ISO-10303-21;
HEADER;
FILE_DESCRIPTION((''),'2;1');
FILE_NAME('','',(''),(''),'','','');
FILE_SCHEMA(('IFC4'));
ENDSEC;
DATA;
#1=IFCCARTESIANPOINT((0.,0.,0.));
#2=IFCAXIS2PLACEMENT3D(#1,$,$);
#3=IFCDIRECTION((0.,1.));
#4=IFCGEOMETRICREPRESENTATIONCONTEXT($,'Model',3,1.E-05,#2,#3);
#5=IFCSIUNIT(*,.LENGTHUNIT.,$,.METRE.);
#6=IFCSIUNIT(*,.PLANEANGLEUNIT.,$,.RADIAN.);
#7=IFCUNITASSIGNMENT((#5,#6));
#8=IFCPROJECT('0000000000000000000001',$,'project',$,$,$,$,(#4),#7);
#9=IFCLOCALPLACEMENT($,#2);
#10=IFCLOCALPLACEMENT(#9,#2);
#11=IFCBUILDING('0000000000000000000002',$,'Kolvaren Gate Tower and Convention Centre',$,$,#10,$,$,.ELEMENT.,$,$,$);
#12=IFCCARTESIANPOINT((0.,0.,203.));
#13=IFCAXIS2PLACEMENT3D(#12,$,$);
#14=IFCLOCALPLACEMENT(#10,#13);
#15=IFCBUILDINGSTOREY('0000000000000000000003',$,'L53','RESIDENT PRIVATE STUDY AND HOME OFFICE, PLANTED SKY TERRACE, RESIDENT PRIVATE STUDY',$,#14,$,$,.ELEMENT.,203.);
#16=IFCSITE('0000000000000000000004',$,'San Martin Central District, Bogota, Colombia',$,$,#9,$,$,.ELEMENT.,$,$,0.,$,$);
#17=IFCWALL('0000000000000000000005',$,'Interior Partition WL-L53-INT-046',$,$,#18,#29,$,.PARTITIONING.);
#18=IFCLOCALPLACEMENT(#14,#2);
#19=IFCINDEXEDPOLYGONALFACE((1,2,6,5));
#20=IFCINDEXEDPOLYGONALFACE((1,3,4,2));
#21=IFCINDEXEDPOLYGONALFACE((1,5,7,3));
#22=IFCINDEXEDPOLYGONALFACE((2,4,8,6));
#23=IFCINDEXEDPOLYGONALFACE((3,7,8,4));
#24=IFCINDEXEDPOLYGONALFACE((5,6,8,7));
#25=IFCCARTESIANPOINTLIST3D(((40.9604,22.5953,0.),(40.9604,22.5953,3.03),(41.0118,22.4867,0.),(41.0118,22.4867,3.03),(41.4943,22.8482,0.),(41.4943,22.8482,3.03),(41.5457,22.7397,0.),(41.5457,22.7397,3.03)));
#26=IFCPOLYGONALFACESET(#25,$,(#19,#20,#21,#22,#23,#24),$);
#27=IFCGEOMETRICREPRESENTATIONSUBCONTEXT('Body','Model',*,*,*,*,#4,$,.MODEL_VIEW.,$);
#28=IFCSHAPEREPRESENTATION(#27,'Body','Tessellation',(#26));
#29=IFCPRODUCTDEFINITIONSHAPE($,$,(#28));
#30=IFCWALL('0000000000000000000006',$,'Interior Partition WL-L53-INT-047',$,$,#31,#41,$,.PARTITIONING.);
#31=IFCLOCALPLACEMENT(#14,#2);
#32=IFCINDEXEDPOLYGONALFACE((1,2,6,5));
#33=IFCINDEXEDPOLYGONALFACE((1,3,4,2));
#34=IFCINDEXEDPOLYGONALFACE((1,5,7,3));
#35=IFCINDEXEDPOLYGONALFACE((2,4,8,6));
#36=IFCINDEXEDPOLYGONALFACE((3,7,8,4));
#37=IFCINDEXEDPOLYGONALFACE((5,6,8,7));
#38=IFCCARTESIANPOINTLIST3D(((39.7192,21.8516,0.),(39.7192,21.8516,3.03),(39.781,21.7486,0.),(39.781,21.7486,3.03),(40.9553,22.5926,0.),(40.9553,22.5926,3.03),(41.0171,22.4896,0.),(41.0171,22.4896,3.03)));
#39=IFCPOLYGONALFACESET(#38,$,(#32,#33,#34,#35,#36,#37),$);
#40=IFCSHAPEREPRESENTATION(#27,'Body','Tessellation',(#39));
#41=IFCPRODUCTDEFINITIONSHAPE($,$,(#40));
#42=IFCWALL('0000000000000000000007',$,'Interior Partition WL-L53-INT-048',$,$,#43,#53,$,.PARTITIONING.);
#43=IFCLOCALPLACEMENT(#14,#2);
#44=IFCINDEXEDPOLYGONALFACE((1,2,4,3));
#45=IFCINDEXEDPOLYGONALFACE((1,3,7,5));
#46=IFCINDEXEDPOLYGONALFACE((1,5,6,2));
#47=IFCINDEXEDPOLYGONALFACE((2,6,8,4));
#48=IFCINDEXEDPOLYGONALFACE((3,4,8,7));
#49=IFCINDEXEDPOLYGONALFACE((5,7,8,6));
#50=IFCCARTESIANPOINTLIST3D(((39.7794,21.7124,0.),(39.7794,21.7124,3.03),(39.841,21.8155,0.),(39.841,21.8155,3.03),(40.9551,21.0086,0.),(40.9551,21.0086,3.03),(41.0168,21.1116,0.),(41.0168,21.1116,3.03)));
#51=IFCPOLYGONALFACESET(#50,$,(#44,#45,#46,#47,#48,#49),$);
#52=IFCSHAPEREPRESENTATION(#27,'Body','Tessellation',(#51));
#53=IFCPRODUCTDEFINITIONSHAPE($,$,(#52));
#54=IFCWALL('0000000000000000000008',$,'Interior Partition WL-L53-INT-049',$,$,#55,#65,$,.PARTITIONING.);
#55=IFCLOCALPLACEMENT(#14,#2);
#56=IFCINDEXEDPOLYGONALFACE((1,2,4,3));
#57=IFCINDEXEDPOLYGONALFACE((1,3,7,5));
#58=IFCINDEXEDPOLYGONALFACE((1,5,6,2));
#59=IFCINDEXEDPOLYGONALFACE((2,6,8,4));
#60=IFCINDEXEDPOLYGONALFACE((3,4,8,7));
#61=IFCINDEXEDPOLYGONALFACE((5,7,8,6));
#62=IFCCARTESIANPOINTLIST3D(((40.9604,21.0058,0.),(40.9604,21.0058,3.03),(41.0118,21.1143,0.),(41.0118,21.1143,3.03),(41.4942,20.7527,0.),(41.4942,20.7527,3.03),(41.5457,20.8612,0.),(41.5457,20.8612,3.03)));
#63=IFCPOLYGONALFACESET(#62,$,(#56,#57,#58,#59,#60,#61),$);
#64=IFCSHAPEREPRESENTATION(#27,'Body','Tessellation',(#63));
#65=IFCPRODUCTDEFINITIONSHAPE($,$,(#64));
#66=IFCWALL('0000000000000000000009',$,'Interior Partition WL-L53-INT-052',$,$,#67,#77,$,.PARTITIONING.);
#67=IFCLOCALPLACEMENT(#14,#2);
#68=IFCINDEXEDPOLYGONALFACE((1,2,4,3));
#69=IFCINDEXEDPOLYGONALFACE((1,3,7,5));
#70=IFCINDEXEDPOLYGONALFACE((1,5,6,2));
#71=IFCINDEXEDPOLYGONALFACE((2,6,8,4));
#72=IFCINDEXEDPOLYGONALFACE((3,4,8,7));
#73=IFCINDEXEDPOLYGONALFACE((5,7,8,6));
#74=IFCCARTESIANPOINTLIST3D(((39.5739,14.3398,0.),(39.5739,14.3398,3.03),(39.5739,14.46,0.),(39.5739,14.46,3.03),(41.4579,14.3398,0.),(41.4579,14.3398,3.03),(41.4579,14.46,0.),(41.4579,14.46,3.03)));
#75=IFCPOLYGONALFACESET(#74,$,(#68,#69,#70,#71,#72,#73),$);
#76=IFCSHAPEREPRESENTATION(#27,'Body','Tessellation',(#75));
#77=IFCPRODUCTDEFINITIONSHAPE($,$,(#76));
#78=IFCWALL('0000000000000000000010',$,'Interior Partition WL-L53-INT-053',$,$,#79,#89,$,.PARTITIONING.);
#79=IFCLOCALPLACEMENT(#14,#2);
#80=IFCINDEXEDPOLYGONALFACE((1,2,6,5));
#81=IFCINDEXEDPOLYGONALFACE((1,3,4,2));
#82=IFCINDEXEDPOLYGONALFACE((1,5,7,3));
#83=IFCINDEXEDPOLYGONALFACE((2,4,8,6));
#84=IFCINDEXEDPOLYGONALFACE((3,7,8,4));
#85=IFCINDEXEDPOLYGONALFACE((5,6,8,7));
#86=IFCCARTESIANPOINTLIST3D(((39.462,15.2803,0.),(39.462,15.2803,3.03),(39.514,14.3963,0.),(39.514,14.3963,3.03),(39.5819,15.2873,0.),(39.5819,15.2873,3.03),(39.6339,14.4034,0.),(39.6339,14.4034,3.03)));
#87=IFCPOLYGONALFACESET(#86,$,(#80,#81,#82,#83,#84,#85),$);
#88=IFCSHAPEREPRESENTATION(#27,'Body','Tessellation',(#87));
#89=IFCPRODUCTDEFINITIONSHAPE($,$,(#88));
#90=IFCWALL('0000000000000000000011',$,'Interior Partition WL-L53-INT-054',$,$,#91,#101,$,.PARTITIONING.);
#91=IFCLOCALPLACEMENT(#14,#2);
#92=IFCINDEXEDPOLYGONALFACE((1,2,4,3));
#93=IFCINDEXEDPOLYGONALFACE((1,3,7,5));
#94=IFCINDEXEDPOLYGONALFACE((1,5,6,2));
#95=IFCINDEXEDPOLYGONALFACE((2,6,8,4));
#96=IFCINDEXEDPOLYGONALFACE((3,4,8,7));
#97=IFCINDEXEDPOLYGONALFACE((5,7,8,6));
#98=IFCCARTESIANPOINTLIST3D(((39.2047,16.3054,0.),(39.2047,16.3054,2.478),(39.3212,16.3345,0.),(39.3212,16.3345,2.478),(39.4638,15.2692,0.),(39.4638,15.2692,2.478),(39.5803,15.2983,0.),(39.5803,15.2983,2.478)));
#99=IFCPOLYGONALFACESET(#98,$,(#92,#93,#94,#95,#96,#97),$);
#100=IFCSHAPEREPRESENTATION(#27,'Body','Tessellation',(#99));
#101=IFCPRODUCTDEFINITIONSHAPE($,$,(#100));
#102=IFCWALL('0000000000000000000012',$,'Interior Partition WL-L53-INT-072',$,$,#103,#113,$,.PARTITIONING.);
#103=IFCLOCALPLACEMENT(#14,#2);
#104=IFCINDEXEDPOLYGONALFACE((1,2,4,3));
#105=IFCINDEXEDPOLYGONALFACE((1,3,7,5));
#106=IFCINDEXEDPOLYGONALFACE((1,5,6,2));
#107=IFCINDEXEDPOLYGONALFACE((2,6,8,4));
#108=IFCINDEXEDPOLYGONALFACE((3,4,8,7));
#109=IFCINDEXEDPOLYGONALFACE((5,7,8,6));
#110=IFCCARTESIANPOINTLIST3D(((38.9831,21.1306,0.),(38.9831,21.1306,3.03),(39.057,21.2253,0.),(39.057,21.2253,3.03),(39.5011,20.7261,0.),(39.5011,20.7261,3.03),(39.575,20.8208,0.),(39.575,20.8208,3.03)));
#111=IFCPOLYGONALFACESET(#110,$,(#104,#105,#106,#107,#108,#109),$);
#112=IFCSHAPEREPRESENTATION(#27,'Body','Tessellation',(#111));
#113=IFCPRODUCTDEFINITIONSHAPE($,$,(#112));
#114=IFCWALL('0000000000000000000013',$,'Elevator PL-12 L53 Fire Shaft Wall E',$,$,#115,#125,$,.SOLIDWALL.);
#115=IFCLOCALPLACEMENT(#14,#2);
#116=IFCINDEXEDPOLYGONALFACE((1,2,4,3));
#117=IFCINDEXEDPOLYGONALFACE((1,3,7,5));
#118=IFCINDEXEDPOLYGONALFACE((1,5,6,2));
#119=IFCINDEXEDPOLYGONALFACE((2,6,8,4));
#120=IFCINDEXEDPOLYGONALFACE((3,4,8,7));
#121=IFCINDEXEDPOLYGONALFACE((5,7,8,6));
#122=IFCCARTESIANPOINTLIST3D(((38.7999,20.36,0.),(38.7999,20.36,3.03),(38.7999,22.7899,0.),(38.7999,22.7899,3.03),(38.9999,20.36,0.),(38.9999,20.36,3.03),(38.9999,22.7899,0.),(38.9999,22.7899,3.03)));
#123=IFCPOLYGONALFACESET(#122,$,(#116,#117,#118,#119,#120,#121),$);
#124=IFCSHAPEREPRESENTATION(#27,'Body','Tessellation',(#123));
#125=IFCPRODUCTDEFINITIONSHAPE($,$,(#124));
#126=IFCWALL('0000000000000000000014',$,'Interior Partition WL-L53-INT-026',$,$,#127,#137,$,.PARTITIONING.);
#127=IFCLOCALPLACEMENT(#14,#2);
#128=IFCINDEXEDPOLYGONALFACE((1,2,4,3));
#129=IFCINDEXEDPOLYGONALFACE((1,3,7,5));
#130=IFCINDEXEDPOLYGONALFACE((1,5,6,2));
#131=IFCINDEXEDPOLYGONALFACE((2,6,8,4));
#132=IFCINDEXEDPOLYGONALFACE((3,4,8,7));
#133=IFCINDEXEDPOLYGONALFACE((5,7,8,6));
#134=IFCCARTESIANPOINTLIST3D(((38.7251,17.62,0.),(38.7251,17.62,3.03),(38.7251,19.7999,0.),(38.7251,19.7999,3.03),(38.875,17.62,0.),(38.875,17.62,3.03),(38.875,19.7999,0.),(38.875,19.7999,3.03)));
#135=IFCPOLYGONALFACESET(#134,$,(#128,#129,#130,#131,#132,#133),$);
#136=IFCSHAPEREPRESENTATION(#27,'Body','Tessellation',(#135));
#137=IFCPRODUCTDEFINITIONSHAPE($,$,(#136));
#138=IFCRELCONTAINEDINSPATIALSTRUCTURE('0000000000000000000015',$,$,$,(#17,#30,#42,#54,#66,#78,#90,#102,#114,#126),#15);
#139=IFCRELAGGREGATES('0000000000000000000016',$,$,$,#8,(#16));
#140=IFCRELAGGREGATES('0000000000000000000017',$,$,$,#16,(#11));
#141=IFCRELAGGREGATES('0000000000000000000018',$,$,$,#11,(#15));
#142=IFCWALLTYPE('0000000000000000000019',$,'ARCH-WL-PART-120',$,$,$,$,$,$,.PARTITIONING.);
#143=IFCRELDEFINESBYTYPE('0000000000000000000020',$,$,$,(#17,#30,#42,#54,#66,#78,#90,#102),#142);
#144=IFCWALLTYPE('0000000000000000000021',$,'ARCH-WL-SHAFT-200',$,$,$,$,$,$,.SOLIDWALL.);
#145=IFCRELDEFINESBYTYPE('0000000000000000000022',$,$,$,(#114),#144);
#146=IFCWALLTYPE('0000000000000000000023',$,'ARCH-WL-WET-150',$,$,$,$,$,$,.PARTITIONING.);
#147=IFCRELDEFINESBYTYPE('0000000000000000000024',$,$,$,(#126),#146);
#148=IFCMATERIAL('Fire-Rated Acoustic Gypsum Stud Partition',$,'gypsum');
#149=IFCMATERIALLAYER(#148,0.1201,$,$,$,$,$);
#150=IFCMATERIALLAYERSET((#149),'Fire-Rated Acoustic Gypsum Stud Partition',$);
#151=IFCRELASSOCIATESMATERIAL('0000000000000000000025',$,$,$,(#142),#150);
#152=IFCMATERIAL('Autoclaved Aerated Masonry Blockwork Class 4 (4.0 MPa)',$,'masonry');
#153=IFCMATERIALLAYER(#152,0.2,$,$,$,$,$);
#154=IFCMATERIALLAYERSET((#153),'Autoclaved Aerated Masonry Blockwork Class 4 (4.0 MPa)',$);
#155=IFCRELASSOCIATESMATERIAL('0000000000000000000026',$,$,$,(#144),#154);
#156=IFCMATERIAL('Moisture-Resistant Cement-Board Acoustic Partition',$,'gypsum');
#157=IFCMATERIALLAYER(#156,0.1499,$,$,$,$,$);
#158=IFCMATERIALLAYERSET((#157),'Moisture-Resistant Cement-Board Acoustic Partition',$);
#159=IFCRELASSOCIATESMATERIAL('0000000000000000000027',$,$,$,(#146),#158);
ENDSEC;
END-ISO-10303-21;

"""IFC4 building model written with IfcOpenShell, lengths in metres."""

from ifc_helpers import new_model, si_unit, direction, frame, frame_2d, origin, place, context, subcontext, project, spatial, rectangle, extrude, material, layer, layer_set, type_object, element, save


model = new_model("IFC4")

# Units and contexts
model_context = context("Model", 3, precision=1e-05, world=origin(), true_north=direction((0.0, 1.0)))
body_context = subcontext(model_context, "Body", "Model", "MODEL_VIEW")
ifc_project = project(units=[si_unit("LENGTHUNIT", "METRE"), si_unit("PLANEANGLEUNIT", "RADIAN")], contexts=[model_context])

# Site, building, storey
site_placement = place(None, origin())
site = spatial("IfcSite", under=ifc_project, at=site_placement, Name="San Martin Central District, Bogota, Colombia", CompositionType="ELEMENT", RefElevation=0.0)
building_placement = place(site_placement, origin())
building = spatial("IfcBuilding", under=site, at=building_placement, Name="Kolvaren Gate Tower and Convention Centre", CompositionType="ELEMENT")
storey_placement = place(building_placement, frame((0.0, 0.0, 203.0)))
storey = spatial("IfcBuildingStorey", under=building, at=storey_placement, Name="L53", Description="RESIDENT PRIVATE STUDY AND HOME OFFICE, PLANTED SKY TERRACE, RESIDENT PRIVATE STUDY", CompositionType="ELEMENT", Elevation=203.0)

# Shared definitions
ifc_material_1 = material(Name="Fire-Rated Acoustic Gypsum Stud Partition", Category="gypsum")
ifc_layer_1 = layer(ifc_material_1, 0.1201)
ifc_layer_set_1 = layer_set([ifc_layer_1], Name="Fire-Rated Acoustic Gypsum Stud Partition")
wall_type_1 = type_object("IfcWallType", Name="ARCH-WL-PART-120", PredefinedType="PARTITIONING", material=ifc_layer_set_1)

# Walls
wall_1_placement = place(storey_placement, frame((40.9861, 22.541, 0.0), z_axis=(0.0, 0.0, 1.0), x_axis=(0.903729, 0.428104, 0.0)))
element("IfcWall", 1, at=wall_1_placement, inside=storey, type_object=wall_type_1, Name="Interior Partition WL-L53-INT-046", PredefinedType="PARTITIONING", context=body_context, shape_type="SweptSolid", body=[
    extrude(rectangle(XDim=0.5908, YDim=0.1201, at=frame_2d((0.2954, 0.0))), origin(), (0.0, 0.0, 1.0), 3.03),
])
wall_2_placement = place(storey_placement, frame((39.75, 21.8, 0.0), z_axis=(0.0, 0.0, 1.0), x_axis=(0.857702, 0.514147, 0.0)))
element("IfcWall", 2, at=wall_2_placement, inside=storey, type_object=wall_type_1, Name="Interior Partition WL-L53-INT-047", PredefinedType="PARTITIONING", context=body_context, shape_type="SweptSolid", body=[
    extrude(rectangle(XDim=1.4412, YDim=0.1201, at=frame_2d((0.7207, 0.0))), origin(), (0.0, 0.0, 1.0), 3.03),
])
wall_3_placement = place(storey_placement, frame((39.8103, 21.7639, 0.0), z_axis=(0.0, 0.0, 1.0), x_axis=(0.858011, -0.513631, 0.0)))
element("IfcWall", 3, at=wall_3_placement, inside=storey, type_object=wall_type_1, Name="Interior Partition WL-L53-INT-048", PredefinedType="PARTITIONING", context=body_context, shape_type="SweptSolid", body=[
    extrude(rectangle(XDim=1.3704, YDim=0.1201, at=frame_2d((0.6851, 0.0))), origin(), (0.0, 0.0, 1.0), 3.03),
])
wall_4_placement = place(storey_placement, frame((40.9861, 21.0601, 0.0), z_axis=(0.0, 0.0, 1.0), x_axis=(0.90357, -0.428442, 0.0)))
element("IfcWall", 4, at=wall_4_placement, inside=storey, type_object=wall_type_1, Name="Interior Partition WL-L53-INT-049", PredefinedType="PARTITIONING", context=body_context, shape_type="SweptSolid", body=[
    extrude(rectangle(XDim=0.5908, YDim=0.1201, at=frame_2d((0.2954, 0.0))), origin(), (0.0, 0.0, 1.0), 3.03),
])
wall_5_placement = place(storey_placement, frame((39.574, 14.3999, 0.0), z_axis=(0.0, 0.0, 1.0), x_axis=(1.0, 0.0, 0.0)))
element("IfcWall", 5, at=wall_5_placement, inside=storey, type_object=wall_type_1, Name="Interior Partition WL-L53-INT-052", PredefinedType="PARTITIONING", context=body_context, shape_type="SweptSolid", body=[
    extrude(rectangle(XDim=1.884, YDim=0.1201, at=frame_2d((0.9419, 0.0))), origin(), (0.0, 0.0, 1.0), 3.03),
])
wall_6_placement = place(storey_placement, frame((39.522, 15.2839, 0.0), z_axis=(0.0, 0.0, 1.0), x_axis=(0.058722, -0.998274, 0.0)))
element("IfcWall", 6, at=wall_6_placement, inside=storey, type_object=wall_type_1, Name="Interior Partition WL-L53-INT-053", PredefinedType="PARTITIONING", context=body_context, shape_type="SweptSolid", body=[
    extrude(rectangle(XDim=0.8855, YDim=0.1201, at=frame_2d((0.4429, 0.0))), origin(), (0.0, 0.0, 1.0), 3.03),
])
wall_7_placement = place(storey_placement, frame((39.2629, 16.3201, 0.0), z_axis=(0.0, 0.0, 1.0), x_axis=(0.242536, -0.970143, 0.0)))
element("IfcWall", 7, at=wall_7_placement, inside=storey, type_object=wall_type_1, Name="Interior Partition WL-L53-INT-054", PredefinedType="PARTITIONING", context=body_context, shape_type="SweptSolid", body=[
    extrude(rectangle(XDim=1.0681, YDim=0.1201, at=frame_2d((0.5342, 0.0))), origin(), (0.0, 0.0, 1.0), 2.478),
])
wall_8_placement = place(storey_placement, frame((39.02, 21.178, 0.0), z_axis=(0.0, 0.0, 1.0), x_axis=(0.788171, -0.615457, 0.0)))
element("IfcWall", 8, at=wall_8_placement, inside=storey, type_object=wall_type_1, Name="Interior Partition WL-L53-INT-072", PredefinedType="PARTITIONING", context=body_context, shape_type="SweptSolid", body=[
    extrude(rectangle(XDim=0.6572, YDim=0.1201, at=frame_2d((0.3286, 0.0))), origin(), (0.0, 0.0, 1.0), 3.03),
])
ifc_material_2 = material(Name="Autoclaved Aerated Masonry Blockwork Class 4 (4.0 MPa)", Category="masonry")
ifc_layer_2 = layer(ifc_material_2, 0.2)
ifc_layer_set_2 = layer_set([ifc_layer_2], Name="Autoclaved Aerated Masonry Blockwork Class 4 (4.0 MPa)")
wall_type_2 = type_object("IfcWallType", Name="ARCH-WL-SHAFT-200", PredefinedType="SOLIDWALL", material=ifc_layer_set_2)
wall_9_placement = place(storey_placement, frame((38.8999, 20.3601, 0.0), z_axis=(0.0, 0.0, 1.0), x_axis=(0.0, 1.0, 0.0)))
element("IfcWall", 9, at=wall_9_placement, inside=storey, type_object=wall_type_2, Name="Elevator PL-12 L53 Fire Shaft Wall E", PredefinedType="SOLIDWALL", context=body_context, shape_type="SweptSolid", body=[
    extrude(rectangle(XDim=2.4299, YDim=0.2, at=frame_2d((1.2148, 0.0))), origin(), (0.0, 0.0, 1.0), 3.03),
])
ifc_material_3 = material(Name="Moisture-Resistant Cement-Board Acoustic Partition", Category="gypsum")
ifc_layer_3 = layer(ifc_material_3, 0.1499)
ifc_layer_set_3 = layer_set([ifc_layer_3], Name="Moisture-Resistant Cement-Board Acoustic Partition")
wall_type_3 = type_object("IfcWallType", Name="ARCH-WL-WET-150", PredefinedType="PARTITIONING", material=ifc_layer_set_3)
wall_10_placement = place(storey_placement, frame((38.8, 17.6201, 0.0), z_axis=(0.0, 0.0, 1.0), x_axis=(0.0, 1.0, 0.0)))
element("IfcWall", 10, at=wall_10_placement, inside=storey, type_object=wall_type_3, Name="Interior Partition WL-L53-INT-026", PredefinedType="PARTITIONING", context=body_context, shape_type="SweptSolid", body=[
    extrude(rectangle(XDim=2.1799, YDim=0.1499, at=frame_2d((1.0898, 0.0))), origin(), (0.0, 0.0, 1.0), 3.03),
])

save(model, "model.ifc")
